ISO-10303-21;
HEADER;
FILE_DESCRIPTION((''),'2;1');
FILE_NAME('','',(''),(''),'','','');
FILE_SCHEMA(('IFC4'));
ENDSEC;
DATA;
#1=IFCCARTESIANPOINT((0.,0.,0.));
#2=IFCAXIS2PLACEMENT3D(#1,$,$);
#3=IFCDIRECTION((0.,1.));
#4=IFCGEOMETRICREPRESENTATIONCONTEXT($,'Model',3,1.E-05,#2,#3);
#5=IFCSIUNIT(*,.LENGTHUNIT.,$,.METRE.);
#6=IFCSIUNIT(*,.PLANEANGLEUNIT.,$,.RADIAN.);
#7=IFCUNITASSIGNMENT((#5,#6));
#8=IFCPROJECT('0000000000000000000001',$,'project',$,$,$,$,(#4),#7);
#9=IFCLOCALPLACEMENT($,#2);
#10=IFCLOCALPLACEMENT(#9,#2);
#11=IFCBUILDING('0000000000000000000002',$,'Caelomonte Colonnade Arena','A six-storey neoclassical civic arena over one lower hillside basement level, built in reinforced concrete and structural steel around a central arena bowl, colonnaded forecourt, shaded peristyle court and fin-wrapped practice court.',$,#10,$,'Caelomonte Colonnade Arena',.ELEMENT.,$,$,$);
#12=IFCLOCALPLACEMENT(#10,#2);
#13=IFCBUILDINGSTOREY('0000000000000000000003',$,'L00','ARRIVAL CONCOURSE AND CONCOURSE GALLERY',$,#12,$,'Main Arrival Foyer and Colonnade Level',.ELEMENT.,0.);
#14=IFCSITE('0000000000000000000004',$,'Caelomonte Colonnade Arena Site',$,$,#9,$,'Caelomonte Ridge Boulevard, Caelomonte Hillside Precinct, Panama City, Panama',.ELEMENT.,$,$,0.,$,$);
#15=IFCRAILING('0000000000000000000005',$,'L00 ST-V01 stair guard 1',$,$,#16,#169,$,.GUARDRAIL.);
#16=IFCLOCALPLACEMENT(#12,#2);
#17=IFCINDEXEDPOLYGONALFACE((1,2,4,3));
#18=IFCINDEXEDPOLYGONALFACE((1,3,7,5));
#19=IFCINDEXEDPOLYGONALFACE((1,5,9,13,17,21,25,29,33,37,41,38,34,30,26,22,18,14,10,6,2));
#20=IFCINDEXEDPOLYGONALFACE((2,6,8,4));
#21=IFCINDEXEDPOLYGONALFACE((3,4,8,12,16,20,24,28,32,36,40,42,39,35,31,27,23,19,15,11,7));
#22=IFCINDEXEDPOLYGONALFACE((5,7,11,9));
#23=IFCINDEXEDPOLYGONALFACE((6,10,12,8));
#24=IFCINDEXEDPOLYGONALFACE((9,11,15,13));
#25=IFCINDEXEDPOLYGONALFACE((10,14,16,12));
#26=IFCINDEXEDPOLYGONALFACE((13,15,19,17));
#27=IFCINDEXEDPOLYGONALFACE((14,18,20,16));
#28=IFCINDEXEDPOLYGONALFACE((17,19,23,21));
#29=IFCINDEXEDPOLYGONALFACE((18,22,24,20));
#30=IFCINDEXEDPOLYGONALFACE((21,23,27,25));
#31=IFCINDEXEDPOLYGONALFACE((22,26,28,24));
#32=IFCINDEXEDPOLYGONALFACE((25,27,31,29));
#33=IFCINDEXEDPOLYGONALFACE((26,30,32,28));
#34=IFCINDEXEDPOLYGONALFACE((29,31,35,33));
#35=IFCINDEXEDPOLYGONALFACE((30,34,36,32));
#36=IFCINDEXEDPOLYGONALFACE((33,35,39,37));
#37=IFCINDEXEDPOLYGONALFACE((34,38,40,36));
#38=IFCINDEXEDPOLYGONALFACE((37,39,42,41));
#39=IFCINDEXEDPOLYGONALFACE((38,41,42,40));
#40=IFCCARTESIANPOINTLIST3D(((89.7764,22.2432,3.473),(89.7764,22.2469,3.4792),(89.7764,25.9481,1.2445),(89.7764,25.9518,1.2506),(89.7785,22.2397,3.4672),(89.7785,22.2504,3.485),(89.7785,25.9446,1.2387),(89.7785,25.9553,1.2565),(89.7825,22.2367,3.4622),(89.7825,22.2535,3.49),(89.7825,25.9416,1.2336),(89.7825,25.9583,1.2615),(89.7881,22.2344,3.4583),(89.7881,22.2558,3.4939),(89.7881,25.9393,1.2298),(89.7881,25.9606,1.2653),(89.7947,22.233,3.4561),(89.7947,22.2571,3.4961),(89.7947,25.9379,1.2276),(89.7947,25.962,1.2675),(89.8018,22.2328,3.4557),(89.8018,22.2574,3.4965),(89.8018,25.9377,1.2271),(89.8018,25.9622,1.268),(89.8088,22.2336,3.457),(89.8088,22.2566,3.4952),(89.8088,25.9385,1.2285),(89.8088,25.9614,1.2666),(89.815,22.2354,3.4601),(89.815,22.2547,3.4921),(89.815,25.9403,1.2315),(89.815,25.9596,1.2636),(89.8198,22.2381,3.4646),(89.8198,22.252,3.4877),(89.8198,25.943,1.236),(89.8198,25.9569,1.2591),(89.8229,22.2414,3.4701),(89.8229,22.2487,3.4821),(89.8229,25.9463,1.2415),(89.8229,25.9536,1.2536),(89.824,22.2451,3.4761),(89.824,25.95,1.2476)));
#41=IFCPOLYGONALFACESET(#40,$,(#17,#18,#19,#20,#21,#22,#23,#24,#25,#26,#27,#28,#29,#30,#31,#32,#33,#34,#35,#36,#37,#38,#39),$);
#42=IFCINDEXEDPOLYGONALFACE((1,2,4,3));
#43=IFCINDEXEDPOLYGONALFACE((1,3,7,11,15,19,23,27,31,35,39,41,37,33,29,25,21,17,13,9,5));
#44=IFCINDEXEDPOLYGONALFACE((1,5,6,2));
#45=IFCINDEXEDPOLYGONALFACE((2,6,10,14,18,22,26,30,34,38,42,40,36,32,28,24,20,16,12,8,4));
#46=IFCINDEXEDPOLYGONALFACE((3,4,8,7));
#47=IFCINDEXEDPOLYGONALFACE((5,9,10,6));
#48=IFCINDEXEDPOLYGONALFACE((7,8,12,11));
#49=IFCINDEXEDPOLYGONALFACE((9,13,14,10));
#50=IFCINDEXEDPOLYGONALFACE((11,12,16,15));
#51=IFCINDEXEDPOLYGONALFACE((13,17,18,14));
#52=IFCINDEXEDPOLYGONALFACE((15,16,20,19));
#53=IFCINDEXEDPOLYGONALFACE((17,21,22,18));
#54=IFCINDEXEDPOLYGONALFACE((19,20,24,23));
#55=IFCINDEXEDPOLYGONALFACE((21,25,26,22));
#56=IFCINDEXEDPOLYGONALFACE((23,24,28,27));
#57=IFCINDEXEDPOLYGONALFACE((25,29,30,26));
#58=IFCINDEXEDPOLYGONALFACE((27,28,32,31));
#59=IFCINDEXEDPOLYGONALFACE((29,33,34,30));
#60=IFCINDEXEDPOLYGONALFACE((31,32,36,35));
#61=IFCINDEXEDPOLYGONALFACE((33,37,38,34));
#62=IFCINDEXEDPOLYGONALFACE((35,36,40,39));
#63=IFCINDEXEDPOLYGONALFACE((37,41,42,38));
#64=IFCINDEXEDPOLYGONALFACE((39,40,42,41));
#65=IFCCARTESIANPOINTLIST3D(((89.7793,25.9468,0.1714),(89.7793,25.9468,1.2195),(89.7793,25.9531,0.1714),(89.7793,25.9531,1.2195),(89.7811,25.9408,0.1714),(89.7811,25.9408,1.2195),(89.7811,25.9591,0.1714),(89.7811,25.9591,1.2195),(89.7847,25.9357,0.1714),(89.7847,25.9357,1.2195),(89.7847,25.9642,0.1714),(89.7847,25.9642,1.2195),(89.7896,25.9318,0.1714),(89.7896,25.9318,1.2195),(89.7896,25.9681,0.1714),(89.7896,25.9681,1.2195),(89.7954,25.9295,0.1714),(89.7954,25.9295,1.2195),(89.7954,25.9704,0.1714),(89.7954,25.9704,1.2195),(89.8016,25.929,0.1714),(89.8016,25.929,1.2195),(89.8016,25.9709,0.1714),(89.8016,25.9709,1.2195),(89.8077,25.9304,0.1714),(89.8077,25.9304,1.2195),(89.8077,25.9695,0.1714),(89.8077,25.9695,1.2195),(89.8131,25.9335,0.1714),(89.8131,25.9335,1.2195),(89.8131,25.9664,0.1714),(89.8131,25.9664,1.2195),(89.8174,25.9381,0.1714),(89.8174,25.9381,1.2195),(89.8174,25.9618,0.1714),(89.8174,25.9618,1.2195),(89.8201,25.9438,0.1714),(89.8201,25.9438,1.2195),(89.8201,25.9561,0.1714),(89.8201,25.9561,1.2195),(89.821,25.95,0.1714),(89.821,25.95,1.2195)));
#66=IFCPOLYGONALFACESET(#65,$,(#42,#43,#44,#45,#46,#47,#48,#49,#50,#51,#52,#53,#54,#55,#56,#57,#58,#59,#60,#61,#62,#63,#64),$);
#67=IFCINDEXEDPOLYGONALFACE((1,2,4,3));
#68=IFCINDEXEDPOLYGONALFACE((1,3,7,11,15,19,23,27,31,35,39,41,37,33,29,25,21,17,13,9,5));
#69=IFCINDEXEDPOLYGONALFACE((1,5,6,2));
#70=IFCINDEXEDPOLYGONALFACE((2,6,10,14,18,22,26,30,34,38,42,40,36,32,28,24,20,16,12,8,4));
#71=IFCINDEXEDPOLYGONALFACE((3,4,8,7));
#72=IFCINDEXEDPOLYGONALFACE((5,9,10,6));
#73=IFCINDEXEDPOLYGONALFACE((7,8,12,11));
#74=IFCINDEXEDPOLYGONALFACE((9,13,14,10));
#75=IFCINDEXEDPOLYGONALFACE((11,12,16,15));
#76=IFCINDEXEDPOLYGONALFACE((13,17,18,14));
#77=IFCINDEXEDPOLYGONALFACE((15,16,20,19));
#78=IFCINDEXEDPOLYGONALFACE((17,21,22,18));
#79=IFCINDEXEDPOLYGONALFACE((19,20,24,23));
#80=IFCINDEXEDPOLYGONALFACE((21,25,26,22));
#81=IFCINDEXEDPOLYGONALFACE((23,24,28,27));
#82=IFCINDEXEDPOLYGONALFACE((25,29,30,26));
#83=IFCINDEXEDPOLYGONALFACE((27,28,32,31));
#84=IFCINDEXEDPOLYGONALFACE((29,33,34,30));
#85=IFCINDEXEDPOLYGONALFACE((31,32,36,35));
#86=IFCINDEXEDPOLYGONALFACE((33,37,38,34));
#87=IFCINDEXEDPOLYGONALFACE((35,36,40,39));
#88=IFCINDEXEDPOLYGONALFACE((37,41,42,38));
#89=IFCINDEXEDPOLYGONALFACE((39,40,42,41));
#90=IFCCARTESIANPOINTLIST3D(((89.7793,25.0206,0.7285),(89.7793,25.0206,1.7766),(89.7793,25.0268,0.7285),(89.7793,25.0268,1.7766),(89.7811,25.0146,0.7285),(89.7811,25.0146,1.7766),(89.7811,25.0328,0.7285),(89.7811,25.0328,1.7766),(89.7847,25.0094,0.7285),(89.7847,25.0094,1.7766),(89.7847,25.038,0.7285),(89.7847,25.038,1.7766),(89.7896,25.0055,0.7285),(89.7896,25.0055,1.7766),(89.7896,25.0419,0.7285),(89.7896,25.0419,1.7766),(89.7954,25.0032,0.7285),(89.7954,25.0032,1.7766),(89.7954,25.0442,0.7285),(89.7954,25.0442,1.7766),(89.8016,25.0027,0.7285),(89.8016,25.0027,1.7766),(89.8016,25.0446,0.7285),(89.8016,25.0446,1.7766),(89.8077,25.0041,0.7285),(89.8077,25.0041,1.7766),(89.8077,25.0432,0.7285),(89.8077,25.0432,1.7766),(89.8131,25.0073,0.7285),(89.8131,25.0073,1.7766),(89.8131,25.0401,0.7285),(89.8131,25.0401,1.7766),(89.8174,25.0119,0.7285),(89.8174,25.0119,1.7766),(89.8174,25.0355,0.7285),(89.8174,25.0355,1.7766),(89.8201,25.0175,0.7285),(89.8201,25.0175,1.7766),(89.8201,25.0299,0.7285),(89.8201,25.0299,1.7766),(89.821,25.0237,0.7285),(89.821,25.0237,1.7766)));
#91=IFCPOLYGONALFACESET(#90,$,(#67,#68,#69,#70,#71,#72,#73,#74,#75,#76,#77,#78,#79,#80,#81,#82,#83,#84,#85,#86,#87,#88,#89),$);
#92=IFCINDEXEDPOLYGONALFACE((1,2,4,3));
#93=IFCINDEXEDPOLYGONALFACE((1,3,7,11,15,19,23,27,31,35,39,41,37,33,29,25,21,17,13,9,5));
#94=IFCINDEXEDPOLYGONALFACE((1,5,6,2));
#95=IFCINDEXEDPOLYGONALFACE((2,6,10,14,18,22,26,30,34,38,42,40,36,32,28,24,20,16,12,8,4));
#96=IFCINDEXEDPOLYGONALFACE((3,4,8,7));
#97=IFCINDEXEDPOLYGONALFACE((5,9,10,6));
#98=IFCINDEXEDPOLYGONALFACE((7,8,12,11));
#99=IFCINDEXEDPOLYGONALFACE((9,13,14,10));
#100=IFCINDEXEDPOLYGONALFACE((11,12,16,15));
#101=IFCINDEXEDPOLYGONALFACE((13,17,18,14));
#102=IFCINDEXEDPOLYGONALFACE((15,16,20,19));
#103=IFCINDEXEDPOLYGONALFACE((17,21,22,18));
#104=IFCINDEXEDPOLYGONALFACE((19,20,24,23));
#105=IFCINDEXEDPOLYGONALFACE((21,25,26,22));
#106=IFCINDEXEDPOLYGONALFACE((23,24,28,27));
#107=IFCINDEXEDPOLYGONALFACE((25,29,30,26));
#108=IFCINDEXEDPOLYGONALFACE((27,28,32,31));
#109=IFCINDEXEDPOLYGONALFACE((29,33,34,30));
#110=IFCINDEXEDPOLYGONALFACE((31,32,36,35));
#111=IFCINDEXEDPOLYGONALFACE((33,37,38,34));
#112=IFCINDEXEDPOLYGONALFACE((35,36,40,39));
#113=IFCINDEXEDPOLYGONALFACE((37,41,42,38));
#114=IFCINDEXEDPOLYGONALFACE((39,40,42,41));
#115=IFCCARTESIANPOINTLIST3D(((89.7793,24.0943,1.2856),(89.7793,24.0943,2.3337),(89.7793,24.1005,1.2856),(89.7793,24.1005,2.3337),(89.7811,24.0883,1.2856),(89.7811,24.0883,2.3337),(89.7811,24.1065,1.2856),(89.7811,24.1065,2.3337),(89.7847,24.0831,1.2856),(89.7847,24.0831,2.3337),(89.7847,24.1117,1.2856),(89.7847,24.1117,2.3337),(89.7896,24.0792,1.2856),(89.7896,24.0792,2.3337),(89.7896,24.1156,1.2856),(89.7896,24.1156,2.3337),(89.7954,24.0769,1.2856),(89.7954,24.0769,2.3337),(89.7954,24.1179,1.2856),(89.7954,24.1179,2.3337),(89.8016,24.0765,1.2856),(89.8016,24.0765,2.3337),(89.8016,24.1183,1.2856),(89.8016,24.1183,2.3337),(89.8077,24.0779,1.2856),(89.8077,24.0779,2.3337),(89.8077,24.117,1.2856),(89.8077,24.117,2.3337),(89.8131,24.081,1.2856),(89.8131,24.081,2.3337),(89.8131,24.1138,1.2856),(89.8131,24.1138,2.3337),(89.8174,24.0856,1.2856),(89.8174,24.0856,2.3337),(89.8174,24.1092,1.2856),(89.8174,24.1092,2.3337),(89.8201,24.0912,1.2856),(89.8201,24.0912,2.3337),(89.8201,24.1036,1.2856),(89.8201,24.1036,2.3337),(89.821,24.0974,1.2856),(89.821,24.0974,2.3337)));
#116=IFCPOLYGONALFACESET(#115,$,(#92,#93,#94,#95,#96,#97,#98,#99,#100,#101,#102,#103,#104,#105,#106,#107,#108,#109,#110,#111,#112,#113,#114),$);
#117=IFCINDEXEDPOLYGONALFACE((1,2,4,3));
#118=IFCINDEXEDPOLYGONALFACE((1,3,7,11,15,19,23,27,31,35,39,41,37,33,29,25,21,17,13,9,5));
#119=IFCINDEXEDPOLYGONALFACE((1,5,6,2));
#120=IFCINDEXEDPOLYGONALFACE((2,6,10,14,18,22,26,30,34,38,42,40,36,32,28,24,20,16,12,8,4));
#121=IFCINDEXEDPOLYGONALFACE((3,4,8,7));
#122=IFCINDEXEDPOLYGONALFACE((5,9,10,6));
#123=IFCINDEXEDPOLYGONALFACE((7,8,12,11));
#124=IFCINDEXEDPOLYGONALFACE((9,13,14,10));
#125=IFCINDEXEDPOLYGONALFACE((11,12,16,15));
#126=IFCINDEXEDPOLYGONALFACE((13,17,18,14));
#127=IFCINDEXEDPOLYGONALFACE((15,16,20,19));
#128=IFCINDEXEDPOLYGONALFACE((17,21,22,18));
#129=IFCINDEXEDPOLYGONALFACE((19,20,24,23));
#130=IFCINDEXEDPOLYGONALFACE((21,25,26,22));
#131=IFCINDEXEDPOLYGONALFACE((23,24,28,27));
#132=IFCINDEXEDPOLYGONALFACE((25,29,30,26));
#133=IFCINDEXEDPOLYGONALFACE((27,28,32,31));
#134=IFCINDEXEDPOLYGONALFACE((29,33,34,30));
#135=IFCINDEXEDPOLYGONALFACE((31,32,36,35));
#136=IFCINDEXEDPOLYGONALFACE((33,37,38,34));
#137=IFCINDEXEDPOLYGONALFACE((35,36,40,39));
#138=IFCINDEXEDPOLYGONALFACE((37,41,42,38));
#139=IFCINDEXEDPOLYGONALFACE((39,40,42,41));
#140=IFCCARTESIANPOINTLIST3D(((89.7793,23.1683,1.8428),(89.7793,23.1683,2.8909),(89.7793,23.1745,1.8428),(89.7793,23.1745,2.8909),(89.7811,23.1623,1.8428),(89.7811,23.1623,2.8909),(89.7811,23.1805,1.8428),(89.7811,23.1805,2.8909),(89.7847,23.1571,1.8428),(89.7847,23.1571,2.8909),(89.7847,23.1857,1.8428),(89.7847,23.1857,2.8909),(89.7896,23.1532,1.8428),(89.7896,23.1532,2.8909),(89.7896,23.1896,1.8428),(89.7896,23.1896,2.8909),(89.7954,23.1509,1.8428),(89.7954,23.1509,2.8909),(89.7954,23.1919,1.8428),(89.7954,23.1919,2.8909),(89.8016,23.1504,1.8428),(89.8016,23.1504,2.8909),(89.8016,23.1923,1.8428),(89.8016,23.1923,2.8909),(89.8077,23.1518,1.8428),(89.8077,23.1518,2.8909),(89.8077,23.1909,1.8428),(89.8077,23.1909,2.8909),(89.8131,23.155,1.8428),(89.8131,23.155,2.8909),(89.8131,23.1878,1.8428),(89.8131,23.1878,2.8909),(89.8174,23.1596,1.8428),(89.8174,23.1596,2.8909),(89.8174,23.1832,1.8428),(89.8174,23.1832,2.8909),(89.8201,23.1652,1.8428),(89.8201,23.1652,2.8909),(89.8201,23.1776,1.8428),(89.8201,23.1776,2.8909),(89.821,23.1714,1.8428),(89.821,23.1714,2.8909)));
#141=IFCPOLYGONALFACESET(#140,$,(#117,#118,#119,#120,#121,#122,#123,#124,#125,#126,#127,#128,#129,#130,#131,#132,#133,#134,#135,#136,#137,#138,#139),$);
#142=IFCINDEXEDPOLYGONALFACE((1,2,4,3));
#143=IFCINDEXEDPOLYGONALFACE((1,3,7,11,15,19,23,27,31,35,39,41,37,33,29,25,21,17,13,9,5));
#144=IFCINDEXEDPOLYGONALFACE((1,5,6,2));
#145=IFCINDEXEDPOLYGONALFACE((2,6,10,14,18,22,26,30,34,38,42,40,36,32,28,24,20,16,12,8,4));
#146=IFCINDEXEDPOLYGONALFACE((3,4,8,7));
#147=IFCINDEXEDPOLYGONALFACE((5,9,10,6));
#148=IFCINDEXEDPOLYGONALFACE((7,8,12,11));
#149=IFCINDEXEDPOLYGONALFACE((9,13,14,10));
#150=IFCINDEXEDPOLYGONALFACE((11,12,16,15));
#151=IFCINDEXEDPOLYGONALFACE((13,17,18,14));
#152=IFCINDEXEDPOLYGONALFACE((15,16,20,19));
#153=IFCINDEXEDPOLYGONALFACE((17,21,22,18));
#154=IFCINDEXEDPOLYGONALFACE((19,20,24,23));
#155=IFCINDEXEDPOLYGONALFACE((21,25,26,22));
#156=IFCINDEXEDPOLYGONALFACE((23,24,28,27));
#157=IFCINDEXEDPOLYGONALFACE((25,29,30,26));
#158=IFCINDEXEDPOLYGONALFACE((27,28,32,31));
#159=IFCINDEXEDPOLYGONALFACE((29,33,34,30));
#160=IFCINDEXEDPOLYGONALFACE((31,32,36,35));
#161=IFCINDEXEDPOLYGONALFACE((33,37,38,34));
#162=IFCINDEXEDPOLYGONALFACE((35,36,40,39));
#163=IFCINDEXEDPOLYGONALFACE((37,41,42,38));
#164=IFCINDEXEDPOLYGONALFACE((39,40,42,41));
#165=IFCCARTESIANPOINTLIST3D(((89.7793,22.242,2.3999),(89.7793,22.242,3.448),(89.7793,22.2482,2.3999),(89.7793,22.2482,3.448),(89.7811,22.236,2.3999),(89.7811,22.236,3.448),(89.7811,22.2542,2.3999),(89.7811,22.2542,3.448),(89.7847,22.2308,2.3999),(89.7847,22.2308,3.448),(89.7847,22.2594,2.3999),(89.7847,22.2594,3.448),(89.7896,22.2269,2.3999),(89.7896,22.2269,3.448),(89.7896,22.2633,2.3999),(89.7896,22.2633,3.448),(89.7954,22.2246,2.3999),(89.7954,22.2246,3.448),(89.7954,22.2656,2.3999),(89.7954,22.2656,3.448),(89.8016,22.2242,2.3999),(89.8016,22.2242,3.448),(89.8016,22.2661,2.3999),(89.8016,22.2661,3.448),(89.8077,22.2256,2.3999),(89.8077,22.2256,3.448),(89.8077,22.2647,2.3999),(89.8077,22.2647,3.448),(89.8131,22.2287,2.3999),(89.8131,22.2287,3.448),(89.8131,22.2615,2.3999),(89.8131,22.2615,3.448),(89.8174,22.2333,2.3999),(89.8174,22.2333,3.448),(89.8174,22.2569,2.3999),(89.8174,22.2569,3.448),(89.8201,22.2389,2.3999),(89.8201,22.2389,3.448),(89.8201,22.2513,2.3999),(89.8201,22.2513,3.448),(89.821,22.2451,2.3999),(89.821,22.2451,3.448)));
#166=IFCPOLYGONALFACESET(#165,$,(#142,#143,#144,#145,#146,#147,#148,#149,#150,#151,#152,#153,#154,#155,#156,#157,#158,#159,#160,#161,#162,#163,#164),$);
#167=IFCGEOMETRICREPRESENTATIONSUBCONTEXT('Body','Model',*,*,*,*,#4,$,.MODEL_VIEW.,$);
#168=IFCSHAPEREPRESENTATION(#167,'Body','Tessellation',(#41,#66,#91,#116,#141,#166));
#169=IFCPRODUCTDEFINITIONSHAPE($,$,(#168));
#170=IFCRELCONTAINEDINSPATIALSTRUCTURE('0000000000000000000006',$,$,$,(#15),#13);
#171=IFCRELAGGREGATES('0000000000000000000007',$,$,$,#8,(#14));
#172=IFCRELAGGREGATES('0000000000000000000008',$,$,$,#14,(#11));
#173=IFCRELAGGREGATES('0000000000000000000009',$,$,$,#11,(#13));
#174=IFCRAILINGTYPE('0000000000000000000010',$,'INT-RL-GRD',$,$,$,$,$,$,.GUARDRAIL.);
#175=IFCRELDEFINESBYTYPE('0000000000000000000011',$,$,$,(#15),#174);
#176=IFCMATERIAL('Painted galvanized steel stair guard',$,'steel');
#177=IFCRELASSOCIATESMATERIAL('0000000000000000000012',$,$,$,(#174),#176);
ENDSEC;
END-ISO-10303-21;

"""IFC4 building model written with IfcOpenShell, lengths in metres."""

from ifc_helpers import new_model, si_unit, direction, frame, origin, origin_2d, place, context, subcontext, project, spatial, circle, extrude, material, type_object, element, save


model = new_model("IFC4")

# Units and contexts
model_context = context("Model", 3, precision=1e-05, world=origin(), true_north=direction((0.0, 1.0)))
body_context = subcontext(model_context, "Body", "Model", "MODEL_VIEW")
ifc_project = project(units=[si_unit("LENGTHUNIT", "METRE"), si_unit("PLANEANGLEUNIT", "RADIAN")], contexts=[model_context])

# Site, building, storey
site_placement = place(None, origin())
site = spatial("IfcSite", under=ifc_project, at=site_placement, Name="Caelomonte Colonnade Arena Site", LongName="Caelomonte Ridge Boulevard, Caelomonte Hillside Precinct, Panama City, Panama", CompositionType="ELEMENT", RefElevation=0.0)
building_placement = place(site_placement, origin())
building = spatial("IfcBuilding", under=site, at=building_placement, Name="Caelomonte Colonnade Arena", Description="A six-storey neoclassical civic arena over one lower hillside basement level, built in reinforced concrete and structural steel around a central arena bowl, colonnaded forecourt, shaded peristyle court and fin-wrapped practice court.", LongName="Caelomonte Colonnade Arena", CompositionType="ELEMENT")
storey_placement = place(building_placement, origin())
storey = spatial("IfcBuildingStorey", under=building, at=storey_placement, Name="L00", Description="ARRIVAL CONCOURSE AND CONCOURSE GALLERY", LongName="Main Arrival Foyer and Colonnade Level", CompositionType="ELEMENT", Elevation=0.0)

# Railing
ifc_material_1 = material(Name="Painted galvanized steel stair guard", Category="steel")
railing_type_1 = type_object("IfcRailingType", Name="INT-RL-GRD", PredefinedType="GUARDRAIL", material=ifc_material_1)
railing_1_placement = place(storey_placement, frame((89.8, 25.95, 0.1714)))
element("IfcRailing", 1, at=railing_1_placement, inside=storey, type_object=railing_type_1, Name="L00 ST-V01 stair guard 1", PredefinedType="GUARDRAIL", context=body_context, shape_type="SweptSolid", body=[
    extrude(circle(Radius=0.0239, at=origin_2d()), frame((0.0, 0.0, 1.0762), z_axis=(0.0, -0.856919, 0.51545), x_axis=(1.0, 0.0, 0.0)), (0.0, 0.0, 1.0), 4.3235),
    extrude(circle(Radius=0.021, at=origin_2d()), origin(), (0.0, 0.0, 1.0), 1.0481),
    extrude(circle(Radius=0.021, at=origin_2d()), frame((0.0, -0.9263, 0.5571)), (0.0, 0.0, 1.0), 1.0481),
    extrude(circle(Radius=0.021, at=origin_2d()), frame((0.0, -1.8525, 1.1143)), (0.0, 0.0, 1.0), 1.0481),
    extrude(circle(Radius=0.021, at=origin_2d()), frame((0.0, -2.7786, 1.6714)), (0.0, 0.0, 1.0), 1.0481),
    extrude(circle(Radius=0.021, at=origin_2d()), frame((0.0, -3.7048, 2.2285)), (0.0, 0.0, 1.0), 1.0481),
])

save(model, "model.ifc")
